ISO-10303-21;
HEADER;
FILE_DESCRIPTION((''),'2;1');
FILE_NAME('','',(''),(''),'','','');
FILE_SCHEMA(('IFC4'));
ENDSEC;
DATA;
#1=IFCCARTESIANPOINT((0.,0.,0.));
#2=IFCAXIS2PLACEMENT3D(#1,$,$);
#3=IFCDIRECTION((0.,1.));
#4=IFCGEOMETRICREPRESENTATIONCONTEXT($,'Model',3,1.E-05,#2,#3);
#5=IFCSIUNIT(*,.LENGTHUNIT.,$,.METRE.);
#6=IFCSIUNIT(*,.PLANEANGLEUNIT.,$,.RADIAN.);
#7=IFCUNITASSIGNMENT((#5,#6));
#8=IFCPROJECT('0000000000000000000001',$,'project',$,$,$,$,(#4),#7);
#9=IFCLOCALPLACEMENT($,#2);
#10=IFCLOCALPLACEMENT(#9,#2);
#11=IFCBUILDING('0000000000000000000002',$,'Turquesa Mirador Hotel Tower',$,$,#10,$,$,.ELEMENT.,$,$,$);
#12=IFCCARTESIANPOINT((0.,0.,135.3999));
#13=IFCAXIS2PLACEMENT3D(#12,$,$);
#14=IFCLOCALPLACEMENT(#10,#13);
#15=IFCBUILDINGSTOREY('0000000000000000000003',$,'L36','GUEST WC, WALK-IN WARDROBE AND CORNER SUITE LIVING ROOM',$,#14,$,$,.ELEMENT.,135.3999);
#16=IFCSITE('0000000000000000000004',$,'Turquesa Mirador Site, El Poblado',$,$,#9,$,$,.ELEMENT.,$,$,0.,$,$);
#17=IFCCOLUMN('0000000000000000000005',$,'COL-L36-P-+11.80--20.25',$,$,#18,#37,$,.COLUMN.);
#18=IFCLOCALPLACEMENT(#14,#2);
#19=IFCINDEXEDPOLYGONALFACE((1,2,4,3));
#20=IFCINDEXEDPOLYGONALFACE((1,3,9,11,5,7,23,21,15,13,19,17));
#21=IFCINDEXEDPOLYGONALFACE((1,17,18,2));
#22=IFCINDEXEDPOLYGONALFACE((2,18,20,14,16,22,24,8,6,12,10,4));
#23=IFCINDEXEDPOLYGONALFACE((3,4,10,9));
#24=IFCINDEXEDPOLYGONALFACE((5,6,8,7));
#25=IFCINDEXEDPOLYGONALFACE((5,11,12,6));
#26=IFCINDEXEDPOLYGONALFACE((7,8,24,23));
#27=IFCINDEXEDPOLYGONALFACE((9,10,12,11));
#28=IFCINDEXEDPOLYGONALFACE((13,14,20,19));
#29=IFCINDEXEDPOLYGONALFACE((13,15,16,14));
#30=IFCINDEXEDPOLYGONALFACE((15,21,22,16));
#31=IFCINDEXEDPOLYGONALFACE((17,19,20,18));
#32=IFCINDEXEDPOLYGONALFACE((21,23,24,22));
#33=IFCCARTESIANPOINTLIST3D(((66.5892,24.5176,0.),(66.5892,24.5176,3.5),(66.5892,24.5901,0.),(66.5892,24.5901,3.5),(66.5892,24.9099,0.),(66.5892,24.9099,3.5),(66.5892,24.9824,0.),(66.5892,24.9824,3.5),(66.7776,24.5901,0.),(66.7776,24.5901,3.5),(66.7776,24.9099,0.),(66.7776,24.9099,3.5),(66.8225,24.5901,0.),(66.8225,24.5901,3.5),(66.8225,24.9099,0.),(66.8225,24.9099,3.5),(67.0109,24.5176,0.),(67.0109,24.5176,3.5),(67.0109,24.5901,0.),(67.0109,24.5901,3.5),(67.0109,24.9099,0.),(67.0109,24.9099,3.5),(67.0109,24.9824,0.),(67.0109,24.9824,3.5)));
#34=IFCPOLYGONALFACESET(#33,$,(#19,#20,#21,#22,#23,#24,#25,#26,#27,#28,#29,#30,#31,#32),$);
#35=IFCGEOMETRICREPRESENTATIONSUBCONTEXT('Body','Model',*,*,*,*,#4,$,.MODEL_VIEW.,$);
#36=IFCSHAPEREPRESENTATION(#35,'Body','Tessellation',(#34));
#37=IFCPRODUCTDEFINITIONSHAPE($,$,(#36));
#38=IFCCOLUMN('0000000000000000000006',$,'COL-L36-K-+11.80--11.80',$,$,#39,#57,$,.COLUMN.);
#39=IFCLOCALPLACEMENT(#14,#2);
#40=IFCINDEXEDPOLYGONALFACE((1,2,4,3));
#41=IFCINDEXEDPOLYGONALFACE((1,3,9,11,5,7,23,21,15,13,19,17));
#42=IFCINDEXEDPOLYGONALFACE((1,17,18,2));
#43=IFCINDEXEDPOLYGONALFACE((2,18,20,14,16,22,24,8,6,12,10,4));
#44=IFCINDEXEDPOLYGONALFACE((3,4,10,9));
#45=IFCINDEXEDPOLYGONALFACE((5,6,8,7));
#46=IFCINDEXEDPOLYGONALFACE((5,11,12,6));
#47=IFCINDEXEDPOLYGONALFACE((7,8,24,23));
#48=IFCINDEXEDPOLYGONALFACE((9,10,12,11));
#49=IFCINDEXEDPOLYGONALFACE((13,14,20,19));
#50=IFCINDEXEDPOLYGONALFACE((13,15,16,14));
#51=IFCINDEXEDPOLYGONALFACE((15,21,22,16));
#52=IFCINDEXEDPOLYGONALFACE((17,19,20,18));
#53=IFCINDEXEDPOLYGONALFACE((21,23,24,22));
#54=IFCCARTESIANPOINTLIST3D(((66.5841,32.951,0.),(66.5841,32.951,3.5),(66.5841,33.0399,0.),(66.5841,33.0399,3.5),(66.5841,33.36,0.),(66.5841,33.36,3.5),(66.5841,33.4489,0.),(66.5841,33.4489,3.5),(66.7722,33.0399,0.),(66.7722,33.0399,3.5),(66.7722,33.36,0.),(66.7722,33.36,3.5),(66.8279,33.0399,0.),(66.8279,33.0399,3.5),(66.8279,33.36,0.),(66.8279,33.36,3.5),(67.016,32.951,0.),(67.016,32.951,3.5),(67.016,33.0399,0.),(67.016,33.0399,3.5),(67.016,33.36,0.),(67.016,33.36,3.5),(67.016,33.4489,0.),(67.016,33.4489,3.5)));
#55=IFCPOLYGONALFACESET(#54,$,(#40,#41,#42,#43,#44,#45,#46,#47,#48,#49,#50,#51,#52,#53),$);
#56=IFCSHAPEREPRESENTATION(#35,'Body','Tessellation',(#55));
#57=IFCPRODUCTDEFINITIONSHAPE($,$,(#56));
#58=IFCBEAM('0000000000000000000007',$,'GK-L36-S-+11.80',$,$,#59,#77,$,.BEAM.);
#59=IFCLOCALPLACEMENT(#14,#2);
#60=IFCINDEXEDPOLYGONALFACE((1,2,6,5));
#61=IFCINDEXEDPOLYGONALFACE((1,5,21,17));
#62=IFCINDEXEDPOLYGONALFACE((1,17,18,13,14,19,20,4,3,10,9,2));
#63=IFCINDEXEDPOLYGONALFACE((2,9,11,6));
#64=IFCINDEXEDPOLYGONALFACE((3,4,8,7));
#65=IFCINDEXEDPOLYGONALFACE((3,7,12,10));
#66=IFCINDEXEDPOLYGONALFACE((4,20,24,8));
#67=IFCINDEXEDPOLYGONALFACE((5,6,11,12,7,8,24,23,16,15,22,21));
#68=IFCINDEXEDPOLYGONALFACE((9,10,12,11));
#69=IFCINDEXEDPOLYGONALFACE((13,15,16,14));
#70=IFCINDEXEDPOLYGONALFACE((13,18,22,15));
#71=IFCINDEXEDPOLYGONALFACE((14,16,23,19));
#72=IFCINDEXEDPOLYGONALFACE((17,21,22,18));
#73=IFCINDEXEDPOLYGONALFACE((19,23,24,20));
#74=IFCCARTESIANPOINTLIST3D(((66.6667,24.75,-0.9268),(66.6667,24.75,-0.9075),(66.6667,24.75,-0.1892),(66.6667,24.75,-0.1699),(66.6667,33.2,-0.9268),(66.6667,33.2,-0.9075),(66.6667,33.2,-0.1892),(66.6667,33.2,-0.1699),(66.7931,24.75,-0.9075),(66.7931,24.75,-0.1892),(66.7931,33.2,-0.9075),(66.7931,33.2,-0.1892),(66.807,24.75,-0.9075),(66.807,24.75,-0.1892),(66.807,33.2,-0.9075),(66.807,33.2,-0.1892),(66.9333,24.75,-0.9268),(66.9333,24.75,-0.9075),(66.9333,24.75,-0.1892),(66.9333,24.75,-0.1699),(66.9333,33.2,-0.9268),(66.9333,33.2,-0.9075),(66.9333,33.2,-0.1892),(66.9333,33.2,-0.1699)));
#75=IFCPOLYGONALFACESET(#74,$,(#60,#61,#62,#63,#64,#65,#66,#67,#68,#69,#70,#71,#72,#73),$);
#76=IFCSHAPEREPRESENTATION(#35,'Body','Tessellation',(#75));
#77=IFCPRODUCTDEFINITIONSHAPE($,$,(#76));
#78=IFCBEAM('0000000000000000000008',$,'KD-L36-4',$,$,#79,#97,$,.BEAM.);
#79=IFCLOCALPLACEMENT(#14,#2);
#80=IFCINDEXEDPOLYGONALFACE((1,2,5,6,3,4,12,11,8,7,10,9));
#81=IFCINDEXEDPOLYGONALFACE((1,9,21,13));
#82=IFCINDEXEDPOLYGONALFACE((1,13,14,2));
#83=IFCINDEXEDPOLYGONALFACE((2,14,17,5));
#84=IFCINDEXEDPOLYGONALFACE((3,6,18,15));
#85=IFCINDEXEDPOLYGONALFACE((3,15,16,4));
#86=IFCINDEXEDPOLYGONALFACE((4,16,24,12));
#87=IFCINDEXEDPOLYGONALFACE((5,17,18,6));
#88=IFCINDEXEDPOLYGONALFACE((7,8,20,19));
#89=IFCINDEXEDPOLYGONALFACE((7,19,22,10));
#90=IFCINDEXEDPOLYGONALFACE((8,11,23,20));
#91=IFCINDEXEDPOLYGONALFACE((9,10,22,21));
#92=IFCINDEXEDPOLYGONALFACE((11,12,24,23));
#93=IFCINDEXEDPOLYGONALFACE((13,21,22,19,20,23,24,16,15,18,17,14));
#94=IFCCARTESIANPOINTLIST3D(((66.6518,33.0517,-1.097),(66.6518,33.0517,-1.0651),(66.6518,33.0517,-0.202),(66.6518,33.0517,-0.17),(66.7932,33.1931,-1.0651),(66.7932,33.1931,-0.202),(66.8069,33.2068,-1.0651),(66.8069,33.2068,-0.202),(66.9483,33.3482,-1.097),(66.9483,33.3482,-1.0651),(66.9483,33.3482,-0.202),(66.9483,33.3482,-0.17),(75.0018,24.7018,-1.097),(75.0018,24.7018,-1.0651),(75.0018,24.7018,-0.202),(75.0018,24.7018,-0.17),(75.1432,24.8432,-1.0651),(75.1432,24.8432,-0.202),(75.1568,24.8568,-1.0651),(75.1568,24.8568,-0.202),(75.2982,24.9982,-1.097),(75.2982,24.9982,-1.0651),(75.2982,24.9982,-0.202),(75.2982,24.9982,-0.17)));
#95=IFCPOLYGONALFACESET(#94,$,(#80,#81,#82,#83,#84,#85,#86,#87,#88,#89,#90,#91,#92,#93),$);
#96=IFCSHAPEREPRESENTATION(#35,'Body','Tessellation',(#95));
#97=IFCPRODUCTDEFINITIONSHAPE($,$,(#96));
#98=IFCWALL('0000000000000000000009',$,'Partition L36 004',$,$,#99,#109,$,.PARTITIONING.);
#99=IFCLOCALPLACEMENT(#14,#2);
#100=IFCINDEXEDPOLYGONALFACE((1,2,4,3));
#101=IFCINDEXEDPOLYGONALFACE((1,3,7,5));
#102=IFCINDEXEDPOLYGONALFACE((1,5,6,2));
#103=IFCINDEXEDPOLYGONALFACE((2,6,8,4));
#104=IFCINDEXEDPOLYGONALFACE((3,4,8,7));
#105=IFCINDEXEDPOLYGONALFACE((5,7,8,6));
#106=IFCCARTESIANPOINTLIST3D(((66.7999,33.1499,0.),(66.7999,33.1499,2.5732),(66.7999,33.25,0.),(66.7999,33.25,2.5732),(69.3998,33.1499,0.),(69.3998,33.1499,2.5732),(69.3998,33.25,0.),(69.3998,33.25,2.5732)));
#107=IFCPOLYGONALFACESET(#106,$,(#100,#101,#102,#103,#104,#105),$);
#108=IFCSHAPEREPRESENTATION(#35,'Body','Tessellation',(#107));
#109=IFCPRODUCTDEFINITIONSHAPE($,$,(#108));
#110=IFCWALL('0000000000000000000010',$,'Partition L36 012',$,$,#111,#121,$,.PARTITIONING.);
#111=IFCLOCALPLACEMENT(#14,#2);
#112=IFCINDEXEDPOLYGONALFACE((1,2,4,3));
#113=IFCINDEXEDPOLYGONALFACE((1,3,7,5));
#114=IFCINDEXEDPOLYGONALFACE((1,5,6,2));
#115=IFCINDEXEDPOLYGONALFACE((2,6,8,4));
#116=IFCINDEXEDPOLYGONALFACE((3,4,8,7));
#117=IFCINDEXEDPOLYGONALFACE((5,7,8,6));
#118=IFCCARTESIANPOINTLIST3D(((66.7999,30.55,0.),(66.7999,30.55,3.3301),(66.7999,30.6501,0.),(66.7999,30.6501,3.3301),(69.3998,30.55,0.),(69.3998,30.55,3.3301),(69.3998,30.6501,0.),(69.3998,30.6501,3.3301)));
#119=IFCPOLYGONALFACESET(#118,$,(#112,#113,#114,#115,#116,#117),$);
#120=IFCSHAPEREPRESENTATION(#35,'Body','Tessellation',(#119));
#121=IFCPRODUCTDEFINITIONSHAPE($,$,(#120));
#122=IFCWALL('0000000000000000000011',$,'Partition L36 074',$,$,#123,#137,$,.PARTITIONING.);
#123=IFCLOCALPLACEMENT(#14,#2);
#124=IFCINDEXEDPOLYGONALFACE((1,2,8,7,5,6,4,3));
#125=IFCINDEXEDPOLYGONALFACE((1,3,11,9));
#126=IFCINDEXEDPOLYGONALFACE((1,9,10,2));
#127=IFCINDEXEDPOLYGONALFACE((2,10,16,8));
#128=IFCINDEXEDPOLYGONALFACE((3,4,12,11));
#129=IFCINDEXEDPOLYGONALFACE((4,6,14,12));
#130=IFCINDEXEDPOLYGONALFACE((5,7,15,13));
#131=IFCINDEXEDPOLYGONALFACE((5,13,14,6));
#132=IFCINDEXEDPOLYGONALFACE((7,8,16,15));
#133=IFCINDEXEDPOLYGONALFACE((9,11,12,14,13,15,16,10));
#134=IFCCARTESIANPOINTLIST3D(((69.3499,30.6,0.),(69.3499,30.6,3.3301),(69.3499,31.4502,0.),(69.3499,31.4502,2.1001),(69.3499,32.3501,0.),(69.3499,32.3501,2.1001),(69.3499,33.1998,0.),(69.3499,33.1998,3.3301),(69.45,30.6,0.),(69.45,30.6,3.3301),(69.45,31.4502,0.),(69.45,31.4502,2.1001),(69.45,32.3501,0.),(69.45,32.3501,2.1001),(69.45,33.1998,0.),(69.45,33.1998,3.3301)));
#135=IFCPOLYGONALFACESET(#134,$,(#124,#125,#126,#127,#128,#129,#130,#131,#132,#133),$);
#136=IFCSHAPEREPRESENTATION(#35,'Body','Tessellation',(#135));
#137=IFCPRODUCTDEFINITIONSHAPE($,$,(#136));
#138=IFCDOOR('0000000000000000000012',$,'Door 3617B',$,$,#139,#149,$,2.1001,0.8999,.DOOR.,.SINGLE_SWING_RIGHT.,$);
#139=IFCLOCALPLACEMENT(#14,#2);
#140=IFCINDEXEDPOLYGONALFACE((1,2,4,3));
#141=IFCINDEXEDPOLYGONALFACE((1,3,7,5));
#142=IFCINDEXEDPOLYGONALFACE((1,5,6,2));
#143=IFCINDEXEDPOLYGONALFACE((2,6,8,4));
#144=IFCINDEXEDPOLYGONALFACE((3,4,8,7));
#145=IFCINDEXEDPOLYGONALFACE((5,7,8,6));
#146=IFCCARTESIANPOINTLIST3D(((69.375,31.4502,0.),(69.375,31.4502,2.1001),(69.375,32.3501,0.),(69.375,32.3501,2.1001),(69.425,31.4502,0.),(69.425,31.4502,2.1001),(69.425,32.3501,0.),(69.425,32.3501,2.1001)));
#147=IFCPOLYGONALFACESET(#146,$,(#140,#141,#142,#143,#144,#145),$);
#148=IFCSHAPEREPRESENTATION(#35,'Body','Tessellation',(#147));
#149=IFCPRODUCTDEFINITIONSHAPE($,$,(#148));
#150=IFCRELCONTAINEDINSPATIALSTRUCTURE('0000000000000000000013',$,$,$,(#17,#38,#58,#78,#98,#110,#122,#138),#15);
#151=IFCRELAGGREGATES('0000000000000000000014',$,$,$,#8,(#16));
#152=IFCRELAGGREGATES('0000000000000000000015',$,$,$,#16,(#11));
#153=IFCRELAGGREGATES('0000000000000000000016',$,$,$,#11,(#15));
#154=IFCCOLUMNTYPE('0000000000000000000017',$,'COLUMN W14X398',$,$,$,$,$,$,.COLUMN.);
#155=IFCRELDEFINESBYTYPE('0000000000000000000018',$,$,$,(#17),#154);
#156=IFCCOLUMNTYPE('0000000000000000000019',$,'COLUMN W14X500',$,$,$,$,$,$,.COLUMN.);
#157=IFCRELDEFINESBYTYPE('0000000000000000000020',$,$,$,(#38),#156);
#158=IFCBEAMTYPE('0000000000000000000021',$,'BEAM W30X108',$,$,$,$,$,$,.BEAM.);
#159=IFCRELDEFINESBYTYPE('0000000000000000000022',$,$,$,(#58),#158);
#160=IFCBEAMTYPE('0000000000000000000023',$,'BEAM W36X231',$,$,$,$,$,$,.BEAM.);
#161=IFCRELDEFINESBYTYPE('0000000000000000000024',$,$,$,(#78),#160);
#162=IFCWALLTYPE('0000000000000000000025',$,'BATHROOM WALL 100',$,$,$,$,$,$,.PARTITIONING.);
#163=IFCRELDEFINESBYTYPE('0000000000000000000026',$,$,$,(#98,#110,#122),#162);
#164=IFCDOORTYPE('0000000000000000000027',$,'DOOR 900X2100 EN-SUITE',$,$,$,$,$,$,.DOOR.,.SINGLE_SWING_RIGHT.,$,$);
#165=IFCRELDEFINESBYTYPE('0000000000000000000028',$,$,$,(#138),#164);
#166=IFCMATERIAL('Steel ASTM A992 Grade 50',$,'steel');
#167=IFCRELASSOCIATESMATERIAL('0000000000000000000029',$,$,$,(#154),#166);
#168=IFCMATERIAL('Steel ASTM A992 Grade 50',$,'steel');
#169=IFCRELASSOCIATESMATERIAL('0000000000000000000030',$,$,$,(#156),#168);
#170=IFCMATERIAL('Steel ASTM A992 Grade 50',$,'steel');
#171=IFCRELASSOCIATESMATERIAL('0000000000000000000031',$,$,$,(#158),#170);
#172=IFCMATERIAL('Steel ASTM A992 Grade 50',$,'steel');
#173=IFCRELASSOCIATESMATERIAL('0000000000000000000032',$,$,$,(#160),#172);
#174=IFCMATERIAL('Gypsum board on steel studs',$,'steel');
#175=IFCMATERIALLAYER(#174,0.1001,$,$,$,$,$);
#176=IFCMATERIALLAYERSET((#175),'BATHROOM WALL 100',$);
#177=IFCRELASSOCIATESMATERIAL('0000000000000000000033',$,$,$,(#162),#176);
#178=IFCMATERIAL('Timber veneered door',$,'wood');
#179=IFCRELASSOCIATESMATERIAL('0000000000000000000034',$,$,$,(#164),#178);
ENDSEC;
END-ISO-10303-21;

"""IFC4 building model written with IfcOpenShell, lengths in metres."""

from ifc_helpers import new_model, si_unit, direction, frame, frame_2d, origin, origin_2d, place, context, subcontext, project, spatial, rectangle, i_section, extrude, material, layer, layer_set, material_profile, profile_set, type_object, element, fill, save


model = new_model("IFC4")

# Units and contexts
model_context = context("Model", 3, precision=1e-05, world=origin(), true_north=direction((0.0, 1.0)))
body_context = subcontext(model_context, "Body", "Model", "MODEL_VIEW")
ifc_project = project(units=[si_unit("LENGTHUNIT", "METRE"), si_unit("PLANEANGLEUNIT", "RADIAN")], contexts=[model_context])

# Site, building, storey
site_placement = place(None, origin())
site = spatial("IfcSite", under=ifc_project, at=site_placement, Name="Turquesa Mirador Site, El Poblado", CompositionType="ELEMENT", RefElevation=0.0)
building_placement = place(site_placement, origin())
building = spatial("IfcBuilding", under=site, at=building_placement, Name="Turquesa Mirador Hotel Tower", CompositionType="ELEMENT")
storey_placement = place(building_placement, frame((0.0, 0.0, 135.3999)))
storey = spatial("IfcBuildingStorey", under=building, at=storey_placement, Name="L36", Description="GUEST WC, WALK-IN WARDROBE AND CORNER SUITE LIVING ROOM", CompositionType="ELEMENT", Elevation=135.3999)

# Columns
ifc_material_1 = material(Name="Steel ASTM A992 Grade 50", Category="steel")
ifc_material_profile_1 = material_profile(ifc_material_1, i_section(OverallWidth=0.4216, OverallDepth=0.4648, WebThickness=0.0449, FlangeThickness=0.0725, at=origin_2d()), Name="W14X398")
ifc_profile_set_1 = profile_set([ifc_material_profile_1], Name="Steel ASTM A992 Grade 50")
column_type_1 = type_object("IfcColumnType", Name="COLUMN W14X398", PredefinedType="COLUMN", material=ifc_profile_set_1)
column_1_placement = place(storey_placement, frame((66.8, 24.75, 0.0), z_axis=(0.0, 0.0, 1.0), x_axis=(1.0, 0.0, 0.0)))
element("IfcColumn", 1, at=column_1_placement, inside=storey, type_object=column_type_1, Name="COL-L36-P-+11.80--20.25", PredefinedType="COLUMN", context=body_context, shape_type="SweptSolid", body=[
    extrude(i_section(OverallWidth=0.4216, OverallDepth=0.4648, WebThickness=0.0449, FlangeThickness=0.0725, at=origin_2d()), origin(), (0.0, 0.0, 1.0), 3.5),
])
ifc_material_2 = material(Name="Steel ASTM A992 Grade 50", Category="steel")
ifc_material_profile_2 = material_profile(ifc_material_2, i_section(OverallWidth=0.4319, OverallDepth=0.4978, WebThickness=0.0557, FlangeThickness=0.0889, at=origin_2d()), Name="W14X500")
ifc_profile_set_2 = profile_set([ifc_material_profile_2], Name="Steel ASTM A992 Grade 50")
column_type_2 = type_object("IfcColumnType", Name="COLUMN W14X500", PredefinedType="COLUMN", material=ifc_profile_set_2)
column_2_placement = place(storey_placement, frame((66.8, 33.2, 0.0), z_axis=(0.0, 0.0, 1.0), x_axis=(1.0, 0.0, 0.0)))
element("IfcColumn", 2, at=column_2_placement, inside=storey, type_object=column_type_2, Name="COL-L36-K-+11.80--11.80", PredefinedType="COLUMN", context=body_context, shape_type="SweptSolid", body=[
    extrude(i_section(OverallWidth=0.4319, OverallDepth=0.4978, WebThickness=0.0557, FlangeThickness=0.0889, at=origin_2d()), origin(), (0.0, 0.0, 1.0), 3.5),
])

# Beams
ifc_material_3 = material(Name="Steel ASTM A992 Grade 50", Category="steel")
ifc_material_profile_3 = material_profile(ifc_material_3, i_section(OverallWidth=0.2666, OverallDepth=0.7568, WebThickness=0.0139, FlangeThickness=0.0193, at=origin_2d()), Name="W30X108")
ifc_profile_set_3 = profile_set([ifc_material_profile_3], Name="Steel ASTM A992 Grade 50")
beam_type_1 = type_object("IfcBeamType", Name="BEAM W30X108", PredefinedType="BEAM", material=ifc_profile_set_3)
beam_1_placement = place(storey_placement, frame((66.8, 24.75, -0.5483), z_axis=(0.0, 1.0, 0.0), x_axis=(-1.0, 0.0, 0.0)))
element("IfcBeam", 3, at=beam_1_placement, inside=storey, type_object=beam_type_1, Name="GK-L36-S-+11.80", PredefinedType="BEAM", context=body_context, shape_type="SweptSolid", body=[
    extrude(i_section(OverallWidth=0.2666, OverallDepth=0.7568, WebThickness=0.0139, FlangeThickness=0.0193, at=origin_2d()), origin(), (0.0, 0.0, 1.0), 8.45),
])
ifc_material_4 = material(Name="Steel ASTM A992 Grade 50", Category="steel")
ifc_material_profile_4 = material_profile(ifc_material_4, i_section(OverallWidth=0.4192, OverallDepth=0.927, WebThickness=0.0193, FlangeThickness=0.032, at=origin_2d()), Name="W36X231")
ifc_profile_set_4 = profile_set([ifc_material_profile_4], Name="Steel ASTM A992 Grade 50")
beam_type_2 = type_object("IfcBeamType", Name="BEAM W36X231", PredefinedType="BEAM", material=ifc_profile_set_4)
beam_2_placement = place(storey_placement, frame((66.8, 33.2, -0.6335), z_axis=(0.707107, -0.707107, 0.0), x_axis=(0.707107, 0.707107, 0.0)))
element("IfcBeam", 4, at=beam_2_placement, inside=storey, type_object=beam_type_2, Name="KD-L36-4", PredefinedType="BEAM", context=body_context, shape_type="SweptSolid", body=[
    extrude(i_section(OverallWidth=0.4192, OverallDepth=0.927, WebThickness=0.0193, FlangeThickness=0.032, at=origin_2d()), origin(), (0.0, 0.0, 1.0), 11.8086),
])

# Walls
ifc_material_5 = material(Name="Gypsum board on steel studs", Category="steel")
ifc_layer_1 = layer(ifc_material_5, 0.1001)
ifc_layer_set_1 = layer_set([ifc_layer_1], Name="BATHROOM WALL 100")
wall_type_1 = type_object("IfcWallType", Name="BATHROOM WALL 100", PredefinedType="PARTITIONING", material=ifc_layer_set_1)
wall_1_placement = place(storey_placement, frame((66.8, 33.2, 0.0), z_axis=(0.0, 0.0, 1.0), x_axis=(1.0, 0.0, 0.0)))
element("IfcWall", 5, at=wall_1_placement, inside=storey, type_object=wall_type_1, Name="Partition L36 004", PredefinedType="PARTITIONING", context=body_context, shape_type="SweptSolid", body=[
    extrude(rectangle(XDim=2.5999, YDim=0.1001, at=frame_2d((1.2998, 0.0))), origin(), (0.0, 0.0, 1.0), 2.5732),
])
wall_2_placement = place(storey_placement, frame((66.8, 30.6001, 0.0), z_axis=(0.0, 0.0, 1.0), x_axis=(1.0, 0.0, 0.0)))
element("IfcWall", 6, at=wall_2_placement, inside=storey, type_object=wall_type_1, Name="Partition L36 012", PredefinedType="PARTITIONING", context=body_context, shape_type="SweptSolid", body=[
    extrude(rectangle(XDim=2.5999, YDim=0.1001, at=frame_2d((1.2998, 0.0))), origin(), (0.0, 0.0, 1.0), 3.3301),
])

# Wall, opening, door
wall_3_placement = place(storey_placement, frame((69.3999, 30.6001, 0.0), z_axis=(0.0, 0.0, 1.0), x_axis=(0.0, 1.0, 0.0)))
wall_3 = element("IfcWall", 7, at=wall_3_placement, inside=storey, type_object=wall_type_1, Name="Partition L36 074", PredefinedType="PARTITIONING", context=body_context, shape_type="SweptSolid", body=[
    extrude(rectangle(XDim=2.5999, YDim=0.1001, at=frame_2d((1.2998, 0.0))), origin(), (0.0, 0.0, 1.0), 3.3301),
])
opening_1_placement = place(wall_3_placement, frame((0.8501, 0.0, 0.0)))
opening_1 = element("IfcOpeningElement", 8, at=opening_1_placement, cuts=wall_3, PredefinedType="OPENING", context=body_context, shape_type="SweptSolid", body=[
    extrude(rectangle(XDim=0.8999, YDim=2.1001, at=frame_2d((0.45, 1.05))), frame((0.0, 0.0601, 0.0), z_axis=(0.0, -1.0, 0.0), x_axis=(1.0, 0.0, 0.0)), (0.0, 0.0, 1.0), 0.1201),
])
ifc_material_6 = material(Name="Timber veneered door", Category="wood")
door_type_1 = type_object("IfcDoorType", Name="DOOR 900X2100 EN-SUITE", OperationType="SINGLE_SWING_RIGHT", PredefinedType="DOOR", material=ifc_material_6)
door_1_placement = place(opening_1_placement, origin())
door_1 = element("IfcDoor", 9, at=door_1_placement, inside=storey, type_object=door_type_1, Name="Door 3617B", OperationType="SINGLE_SWING_RIGHT", OverallHeight=2.1001, OverallWidth=0.8999, PredefinedType="DOOR", context=body_context, shape_type="SweptSolid", body=[
    extrude(rectangle(XDim=0.8999, YDim=2.1001, at=frame_2d((0.45, 1.05))), frame((0.0, 0.0249, 0.0), z_axis=(0.0, -1.0, 0.0), x_axis=(1.0, 0.0, 0.0)), (0.0, 0.0, 1.0), 0.05),
])
fill(opening_1, door_1)

save(model, "model.ifc")
